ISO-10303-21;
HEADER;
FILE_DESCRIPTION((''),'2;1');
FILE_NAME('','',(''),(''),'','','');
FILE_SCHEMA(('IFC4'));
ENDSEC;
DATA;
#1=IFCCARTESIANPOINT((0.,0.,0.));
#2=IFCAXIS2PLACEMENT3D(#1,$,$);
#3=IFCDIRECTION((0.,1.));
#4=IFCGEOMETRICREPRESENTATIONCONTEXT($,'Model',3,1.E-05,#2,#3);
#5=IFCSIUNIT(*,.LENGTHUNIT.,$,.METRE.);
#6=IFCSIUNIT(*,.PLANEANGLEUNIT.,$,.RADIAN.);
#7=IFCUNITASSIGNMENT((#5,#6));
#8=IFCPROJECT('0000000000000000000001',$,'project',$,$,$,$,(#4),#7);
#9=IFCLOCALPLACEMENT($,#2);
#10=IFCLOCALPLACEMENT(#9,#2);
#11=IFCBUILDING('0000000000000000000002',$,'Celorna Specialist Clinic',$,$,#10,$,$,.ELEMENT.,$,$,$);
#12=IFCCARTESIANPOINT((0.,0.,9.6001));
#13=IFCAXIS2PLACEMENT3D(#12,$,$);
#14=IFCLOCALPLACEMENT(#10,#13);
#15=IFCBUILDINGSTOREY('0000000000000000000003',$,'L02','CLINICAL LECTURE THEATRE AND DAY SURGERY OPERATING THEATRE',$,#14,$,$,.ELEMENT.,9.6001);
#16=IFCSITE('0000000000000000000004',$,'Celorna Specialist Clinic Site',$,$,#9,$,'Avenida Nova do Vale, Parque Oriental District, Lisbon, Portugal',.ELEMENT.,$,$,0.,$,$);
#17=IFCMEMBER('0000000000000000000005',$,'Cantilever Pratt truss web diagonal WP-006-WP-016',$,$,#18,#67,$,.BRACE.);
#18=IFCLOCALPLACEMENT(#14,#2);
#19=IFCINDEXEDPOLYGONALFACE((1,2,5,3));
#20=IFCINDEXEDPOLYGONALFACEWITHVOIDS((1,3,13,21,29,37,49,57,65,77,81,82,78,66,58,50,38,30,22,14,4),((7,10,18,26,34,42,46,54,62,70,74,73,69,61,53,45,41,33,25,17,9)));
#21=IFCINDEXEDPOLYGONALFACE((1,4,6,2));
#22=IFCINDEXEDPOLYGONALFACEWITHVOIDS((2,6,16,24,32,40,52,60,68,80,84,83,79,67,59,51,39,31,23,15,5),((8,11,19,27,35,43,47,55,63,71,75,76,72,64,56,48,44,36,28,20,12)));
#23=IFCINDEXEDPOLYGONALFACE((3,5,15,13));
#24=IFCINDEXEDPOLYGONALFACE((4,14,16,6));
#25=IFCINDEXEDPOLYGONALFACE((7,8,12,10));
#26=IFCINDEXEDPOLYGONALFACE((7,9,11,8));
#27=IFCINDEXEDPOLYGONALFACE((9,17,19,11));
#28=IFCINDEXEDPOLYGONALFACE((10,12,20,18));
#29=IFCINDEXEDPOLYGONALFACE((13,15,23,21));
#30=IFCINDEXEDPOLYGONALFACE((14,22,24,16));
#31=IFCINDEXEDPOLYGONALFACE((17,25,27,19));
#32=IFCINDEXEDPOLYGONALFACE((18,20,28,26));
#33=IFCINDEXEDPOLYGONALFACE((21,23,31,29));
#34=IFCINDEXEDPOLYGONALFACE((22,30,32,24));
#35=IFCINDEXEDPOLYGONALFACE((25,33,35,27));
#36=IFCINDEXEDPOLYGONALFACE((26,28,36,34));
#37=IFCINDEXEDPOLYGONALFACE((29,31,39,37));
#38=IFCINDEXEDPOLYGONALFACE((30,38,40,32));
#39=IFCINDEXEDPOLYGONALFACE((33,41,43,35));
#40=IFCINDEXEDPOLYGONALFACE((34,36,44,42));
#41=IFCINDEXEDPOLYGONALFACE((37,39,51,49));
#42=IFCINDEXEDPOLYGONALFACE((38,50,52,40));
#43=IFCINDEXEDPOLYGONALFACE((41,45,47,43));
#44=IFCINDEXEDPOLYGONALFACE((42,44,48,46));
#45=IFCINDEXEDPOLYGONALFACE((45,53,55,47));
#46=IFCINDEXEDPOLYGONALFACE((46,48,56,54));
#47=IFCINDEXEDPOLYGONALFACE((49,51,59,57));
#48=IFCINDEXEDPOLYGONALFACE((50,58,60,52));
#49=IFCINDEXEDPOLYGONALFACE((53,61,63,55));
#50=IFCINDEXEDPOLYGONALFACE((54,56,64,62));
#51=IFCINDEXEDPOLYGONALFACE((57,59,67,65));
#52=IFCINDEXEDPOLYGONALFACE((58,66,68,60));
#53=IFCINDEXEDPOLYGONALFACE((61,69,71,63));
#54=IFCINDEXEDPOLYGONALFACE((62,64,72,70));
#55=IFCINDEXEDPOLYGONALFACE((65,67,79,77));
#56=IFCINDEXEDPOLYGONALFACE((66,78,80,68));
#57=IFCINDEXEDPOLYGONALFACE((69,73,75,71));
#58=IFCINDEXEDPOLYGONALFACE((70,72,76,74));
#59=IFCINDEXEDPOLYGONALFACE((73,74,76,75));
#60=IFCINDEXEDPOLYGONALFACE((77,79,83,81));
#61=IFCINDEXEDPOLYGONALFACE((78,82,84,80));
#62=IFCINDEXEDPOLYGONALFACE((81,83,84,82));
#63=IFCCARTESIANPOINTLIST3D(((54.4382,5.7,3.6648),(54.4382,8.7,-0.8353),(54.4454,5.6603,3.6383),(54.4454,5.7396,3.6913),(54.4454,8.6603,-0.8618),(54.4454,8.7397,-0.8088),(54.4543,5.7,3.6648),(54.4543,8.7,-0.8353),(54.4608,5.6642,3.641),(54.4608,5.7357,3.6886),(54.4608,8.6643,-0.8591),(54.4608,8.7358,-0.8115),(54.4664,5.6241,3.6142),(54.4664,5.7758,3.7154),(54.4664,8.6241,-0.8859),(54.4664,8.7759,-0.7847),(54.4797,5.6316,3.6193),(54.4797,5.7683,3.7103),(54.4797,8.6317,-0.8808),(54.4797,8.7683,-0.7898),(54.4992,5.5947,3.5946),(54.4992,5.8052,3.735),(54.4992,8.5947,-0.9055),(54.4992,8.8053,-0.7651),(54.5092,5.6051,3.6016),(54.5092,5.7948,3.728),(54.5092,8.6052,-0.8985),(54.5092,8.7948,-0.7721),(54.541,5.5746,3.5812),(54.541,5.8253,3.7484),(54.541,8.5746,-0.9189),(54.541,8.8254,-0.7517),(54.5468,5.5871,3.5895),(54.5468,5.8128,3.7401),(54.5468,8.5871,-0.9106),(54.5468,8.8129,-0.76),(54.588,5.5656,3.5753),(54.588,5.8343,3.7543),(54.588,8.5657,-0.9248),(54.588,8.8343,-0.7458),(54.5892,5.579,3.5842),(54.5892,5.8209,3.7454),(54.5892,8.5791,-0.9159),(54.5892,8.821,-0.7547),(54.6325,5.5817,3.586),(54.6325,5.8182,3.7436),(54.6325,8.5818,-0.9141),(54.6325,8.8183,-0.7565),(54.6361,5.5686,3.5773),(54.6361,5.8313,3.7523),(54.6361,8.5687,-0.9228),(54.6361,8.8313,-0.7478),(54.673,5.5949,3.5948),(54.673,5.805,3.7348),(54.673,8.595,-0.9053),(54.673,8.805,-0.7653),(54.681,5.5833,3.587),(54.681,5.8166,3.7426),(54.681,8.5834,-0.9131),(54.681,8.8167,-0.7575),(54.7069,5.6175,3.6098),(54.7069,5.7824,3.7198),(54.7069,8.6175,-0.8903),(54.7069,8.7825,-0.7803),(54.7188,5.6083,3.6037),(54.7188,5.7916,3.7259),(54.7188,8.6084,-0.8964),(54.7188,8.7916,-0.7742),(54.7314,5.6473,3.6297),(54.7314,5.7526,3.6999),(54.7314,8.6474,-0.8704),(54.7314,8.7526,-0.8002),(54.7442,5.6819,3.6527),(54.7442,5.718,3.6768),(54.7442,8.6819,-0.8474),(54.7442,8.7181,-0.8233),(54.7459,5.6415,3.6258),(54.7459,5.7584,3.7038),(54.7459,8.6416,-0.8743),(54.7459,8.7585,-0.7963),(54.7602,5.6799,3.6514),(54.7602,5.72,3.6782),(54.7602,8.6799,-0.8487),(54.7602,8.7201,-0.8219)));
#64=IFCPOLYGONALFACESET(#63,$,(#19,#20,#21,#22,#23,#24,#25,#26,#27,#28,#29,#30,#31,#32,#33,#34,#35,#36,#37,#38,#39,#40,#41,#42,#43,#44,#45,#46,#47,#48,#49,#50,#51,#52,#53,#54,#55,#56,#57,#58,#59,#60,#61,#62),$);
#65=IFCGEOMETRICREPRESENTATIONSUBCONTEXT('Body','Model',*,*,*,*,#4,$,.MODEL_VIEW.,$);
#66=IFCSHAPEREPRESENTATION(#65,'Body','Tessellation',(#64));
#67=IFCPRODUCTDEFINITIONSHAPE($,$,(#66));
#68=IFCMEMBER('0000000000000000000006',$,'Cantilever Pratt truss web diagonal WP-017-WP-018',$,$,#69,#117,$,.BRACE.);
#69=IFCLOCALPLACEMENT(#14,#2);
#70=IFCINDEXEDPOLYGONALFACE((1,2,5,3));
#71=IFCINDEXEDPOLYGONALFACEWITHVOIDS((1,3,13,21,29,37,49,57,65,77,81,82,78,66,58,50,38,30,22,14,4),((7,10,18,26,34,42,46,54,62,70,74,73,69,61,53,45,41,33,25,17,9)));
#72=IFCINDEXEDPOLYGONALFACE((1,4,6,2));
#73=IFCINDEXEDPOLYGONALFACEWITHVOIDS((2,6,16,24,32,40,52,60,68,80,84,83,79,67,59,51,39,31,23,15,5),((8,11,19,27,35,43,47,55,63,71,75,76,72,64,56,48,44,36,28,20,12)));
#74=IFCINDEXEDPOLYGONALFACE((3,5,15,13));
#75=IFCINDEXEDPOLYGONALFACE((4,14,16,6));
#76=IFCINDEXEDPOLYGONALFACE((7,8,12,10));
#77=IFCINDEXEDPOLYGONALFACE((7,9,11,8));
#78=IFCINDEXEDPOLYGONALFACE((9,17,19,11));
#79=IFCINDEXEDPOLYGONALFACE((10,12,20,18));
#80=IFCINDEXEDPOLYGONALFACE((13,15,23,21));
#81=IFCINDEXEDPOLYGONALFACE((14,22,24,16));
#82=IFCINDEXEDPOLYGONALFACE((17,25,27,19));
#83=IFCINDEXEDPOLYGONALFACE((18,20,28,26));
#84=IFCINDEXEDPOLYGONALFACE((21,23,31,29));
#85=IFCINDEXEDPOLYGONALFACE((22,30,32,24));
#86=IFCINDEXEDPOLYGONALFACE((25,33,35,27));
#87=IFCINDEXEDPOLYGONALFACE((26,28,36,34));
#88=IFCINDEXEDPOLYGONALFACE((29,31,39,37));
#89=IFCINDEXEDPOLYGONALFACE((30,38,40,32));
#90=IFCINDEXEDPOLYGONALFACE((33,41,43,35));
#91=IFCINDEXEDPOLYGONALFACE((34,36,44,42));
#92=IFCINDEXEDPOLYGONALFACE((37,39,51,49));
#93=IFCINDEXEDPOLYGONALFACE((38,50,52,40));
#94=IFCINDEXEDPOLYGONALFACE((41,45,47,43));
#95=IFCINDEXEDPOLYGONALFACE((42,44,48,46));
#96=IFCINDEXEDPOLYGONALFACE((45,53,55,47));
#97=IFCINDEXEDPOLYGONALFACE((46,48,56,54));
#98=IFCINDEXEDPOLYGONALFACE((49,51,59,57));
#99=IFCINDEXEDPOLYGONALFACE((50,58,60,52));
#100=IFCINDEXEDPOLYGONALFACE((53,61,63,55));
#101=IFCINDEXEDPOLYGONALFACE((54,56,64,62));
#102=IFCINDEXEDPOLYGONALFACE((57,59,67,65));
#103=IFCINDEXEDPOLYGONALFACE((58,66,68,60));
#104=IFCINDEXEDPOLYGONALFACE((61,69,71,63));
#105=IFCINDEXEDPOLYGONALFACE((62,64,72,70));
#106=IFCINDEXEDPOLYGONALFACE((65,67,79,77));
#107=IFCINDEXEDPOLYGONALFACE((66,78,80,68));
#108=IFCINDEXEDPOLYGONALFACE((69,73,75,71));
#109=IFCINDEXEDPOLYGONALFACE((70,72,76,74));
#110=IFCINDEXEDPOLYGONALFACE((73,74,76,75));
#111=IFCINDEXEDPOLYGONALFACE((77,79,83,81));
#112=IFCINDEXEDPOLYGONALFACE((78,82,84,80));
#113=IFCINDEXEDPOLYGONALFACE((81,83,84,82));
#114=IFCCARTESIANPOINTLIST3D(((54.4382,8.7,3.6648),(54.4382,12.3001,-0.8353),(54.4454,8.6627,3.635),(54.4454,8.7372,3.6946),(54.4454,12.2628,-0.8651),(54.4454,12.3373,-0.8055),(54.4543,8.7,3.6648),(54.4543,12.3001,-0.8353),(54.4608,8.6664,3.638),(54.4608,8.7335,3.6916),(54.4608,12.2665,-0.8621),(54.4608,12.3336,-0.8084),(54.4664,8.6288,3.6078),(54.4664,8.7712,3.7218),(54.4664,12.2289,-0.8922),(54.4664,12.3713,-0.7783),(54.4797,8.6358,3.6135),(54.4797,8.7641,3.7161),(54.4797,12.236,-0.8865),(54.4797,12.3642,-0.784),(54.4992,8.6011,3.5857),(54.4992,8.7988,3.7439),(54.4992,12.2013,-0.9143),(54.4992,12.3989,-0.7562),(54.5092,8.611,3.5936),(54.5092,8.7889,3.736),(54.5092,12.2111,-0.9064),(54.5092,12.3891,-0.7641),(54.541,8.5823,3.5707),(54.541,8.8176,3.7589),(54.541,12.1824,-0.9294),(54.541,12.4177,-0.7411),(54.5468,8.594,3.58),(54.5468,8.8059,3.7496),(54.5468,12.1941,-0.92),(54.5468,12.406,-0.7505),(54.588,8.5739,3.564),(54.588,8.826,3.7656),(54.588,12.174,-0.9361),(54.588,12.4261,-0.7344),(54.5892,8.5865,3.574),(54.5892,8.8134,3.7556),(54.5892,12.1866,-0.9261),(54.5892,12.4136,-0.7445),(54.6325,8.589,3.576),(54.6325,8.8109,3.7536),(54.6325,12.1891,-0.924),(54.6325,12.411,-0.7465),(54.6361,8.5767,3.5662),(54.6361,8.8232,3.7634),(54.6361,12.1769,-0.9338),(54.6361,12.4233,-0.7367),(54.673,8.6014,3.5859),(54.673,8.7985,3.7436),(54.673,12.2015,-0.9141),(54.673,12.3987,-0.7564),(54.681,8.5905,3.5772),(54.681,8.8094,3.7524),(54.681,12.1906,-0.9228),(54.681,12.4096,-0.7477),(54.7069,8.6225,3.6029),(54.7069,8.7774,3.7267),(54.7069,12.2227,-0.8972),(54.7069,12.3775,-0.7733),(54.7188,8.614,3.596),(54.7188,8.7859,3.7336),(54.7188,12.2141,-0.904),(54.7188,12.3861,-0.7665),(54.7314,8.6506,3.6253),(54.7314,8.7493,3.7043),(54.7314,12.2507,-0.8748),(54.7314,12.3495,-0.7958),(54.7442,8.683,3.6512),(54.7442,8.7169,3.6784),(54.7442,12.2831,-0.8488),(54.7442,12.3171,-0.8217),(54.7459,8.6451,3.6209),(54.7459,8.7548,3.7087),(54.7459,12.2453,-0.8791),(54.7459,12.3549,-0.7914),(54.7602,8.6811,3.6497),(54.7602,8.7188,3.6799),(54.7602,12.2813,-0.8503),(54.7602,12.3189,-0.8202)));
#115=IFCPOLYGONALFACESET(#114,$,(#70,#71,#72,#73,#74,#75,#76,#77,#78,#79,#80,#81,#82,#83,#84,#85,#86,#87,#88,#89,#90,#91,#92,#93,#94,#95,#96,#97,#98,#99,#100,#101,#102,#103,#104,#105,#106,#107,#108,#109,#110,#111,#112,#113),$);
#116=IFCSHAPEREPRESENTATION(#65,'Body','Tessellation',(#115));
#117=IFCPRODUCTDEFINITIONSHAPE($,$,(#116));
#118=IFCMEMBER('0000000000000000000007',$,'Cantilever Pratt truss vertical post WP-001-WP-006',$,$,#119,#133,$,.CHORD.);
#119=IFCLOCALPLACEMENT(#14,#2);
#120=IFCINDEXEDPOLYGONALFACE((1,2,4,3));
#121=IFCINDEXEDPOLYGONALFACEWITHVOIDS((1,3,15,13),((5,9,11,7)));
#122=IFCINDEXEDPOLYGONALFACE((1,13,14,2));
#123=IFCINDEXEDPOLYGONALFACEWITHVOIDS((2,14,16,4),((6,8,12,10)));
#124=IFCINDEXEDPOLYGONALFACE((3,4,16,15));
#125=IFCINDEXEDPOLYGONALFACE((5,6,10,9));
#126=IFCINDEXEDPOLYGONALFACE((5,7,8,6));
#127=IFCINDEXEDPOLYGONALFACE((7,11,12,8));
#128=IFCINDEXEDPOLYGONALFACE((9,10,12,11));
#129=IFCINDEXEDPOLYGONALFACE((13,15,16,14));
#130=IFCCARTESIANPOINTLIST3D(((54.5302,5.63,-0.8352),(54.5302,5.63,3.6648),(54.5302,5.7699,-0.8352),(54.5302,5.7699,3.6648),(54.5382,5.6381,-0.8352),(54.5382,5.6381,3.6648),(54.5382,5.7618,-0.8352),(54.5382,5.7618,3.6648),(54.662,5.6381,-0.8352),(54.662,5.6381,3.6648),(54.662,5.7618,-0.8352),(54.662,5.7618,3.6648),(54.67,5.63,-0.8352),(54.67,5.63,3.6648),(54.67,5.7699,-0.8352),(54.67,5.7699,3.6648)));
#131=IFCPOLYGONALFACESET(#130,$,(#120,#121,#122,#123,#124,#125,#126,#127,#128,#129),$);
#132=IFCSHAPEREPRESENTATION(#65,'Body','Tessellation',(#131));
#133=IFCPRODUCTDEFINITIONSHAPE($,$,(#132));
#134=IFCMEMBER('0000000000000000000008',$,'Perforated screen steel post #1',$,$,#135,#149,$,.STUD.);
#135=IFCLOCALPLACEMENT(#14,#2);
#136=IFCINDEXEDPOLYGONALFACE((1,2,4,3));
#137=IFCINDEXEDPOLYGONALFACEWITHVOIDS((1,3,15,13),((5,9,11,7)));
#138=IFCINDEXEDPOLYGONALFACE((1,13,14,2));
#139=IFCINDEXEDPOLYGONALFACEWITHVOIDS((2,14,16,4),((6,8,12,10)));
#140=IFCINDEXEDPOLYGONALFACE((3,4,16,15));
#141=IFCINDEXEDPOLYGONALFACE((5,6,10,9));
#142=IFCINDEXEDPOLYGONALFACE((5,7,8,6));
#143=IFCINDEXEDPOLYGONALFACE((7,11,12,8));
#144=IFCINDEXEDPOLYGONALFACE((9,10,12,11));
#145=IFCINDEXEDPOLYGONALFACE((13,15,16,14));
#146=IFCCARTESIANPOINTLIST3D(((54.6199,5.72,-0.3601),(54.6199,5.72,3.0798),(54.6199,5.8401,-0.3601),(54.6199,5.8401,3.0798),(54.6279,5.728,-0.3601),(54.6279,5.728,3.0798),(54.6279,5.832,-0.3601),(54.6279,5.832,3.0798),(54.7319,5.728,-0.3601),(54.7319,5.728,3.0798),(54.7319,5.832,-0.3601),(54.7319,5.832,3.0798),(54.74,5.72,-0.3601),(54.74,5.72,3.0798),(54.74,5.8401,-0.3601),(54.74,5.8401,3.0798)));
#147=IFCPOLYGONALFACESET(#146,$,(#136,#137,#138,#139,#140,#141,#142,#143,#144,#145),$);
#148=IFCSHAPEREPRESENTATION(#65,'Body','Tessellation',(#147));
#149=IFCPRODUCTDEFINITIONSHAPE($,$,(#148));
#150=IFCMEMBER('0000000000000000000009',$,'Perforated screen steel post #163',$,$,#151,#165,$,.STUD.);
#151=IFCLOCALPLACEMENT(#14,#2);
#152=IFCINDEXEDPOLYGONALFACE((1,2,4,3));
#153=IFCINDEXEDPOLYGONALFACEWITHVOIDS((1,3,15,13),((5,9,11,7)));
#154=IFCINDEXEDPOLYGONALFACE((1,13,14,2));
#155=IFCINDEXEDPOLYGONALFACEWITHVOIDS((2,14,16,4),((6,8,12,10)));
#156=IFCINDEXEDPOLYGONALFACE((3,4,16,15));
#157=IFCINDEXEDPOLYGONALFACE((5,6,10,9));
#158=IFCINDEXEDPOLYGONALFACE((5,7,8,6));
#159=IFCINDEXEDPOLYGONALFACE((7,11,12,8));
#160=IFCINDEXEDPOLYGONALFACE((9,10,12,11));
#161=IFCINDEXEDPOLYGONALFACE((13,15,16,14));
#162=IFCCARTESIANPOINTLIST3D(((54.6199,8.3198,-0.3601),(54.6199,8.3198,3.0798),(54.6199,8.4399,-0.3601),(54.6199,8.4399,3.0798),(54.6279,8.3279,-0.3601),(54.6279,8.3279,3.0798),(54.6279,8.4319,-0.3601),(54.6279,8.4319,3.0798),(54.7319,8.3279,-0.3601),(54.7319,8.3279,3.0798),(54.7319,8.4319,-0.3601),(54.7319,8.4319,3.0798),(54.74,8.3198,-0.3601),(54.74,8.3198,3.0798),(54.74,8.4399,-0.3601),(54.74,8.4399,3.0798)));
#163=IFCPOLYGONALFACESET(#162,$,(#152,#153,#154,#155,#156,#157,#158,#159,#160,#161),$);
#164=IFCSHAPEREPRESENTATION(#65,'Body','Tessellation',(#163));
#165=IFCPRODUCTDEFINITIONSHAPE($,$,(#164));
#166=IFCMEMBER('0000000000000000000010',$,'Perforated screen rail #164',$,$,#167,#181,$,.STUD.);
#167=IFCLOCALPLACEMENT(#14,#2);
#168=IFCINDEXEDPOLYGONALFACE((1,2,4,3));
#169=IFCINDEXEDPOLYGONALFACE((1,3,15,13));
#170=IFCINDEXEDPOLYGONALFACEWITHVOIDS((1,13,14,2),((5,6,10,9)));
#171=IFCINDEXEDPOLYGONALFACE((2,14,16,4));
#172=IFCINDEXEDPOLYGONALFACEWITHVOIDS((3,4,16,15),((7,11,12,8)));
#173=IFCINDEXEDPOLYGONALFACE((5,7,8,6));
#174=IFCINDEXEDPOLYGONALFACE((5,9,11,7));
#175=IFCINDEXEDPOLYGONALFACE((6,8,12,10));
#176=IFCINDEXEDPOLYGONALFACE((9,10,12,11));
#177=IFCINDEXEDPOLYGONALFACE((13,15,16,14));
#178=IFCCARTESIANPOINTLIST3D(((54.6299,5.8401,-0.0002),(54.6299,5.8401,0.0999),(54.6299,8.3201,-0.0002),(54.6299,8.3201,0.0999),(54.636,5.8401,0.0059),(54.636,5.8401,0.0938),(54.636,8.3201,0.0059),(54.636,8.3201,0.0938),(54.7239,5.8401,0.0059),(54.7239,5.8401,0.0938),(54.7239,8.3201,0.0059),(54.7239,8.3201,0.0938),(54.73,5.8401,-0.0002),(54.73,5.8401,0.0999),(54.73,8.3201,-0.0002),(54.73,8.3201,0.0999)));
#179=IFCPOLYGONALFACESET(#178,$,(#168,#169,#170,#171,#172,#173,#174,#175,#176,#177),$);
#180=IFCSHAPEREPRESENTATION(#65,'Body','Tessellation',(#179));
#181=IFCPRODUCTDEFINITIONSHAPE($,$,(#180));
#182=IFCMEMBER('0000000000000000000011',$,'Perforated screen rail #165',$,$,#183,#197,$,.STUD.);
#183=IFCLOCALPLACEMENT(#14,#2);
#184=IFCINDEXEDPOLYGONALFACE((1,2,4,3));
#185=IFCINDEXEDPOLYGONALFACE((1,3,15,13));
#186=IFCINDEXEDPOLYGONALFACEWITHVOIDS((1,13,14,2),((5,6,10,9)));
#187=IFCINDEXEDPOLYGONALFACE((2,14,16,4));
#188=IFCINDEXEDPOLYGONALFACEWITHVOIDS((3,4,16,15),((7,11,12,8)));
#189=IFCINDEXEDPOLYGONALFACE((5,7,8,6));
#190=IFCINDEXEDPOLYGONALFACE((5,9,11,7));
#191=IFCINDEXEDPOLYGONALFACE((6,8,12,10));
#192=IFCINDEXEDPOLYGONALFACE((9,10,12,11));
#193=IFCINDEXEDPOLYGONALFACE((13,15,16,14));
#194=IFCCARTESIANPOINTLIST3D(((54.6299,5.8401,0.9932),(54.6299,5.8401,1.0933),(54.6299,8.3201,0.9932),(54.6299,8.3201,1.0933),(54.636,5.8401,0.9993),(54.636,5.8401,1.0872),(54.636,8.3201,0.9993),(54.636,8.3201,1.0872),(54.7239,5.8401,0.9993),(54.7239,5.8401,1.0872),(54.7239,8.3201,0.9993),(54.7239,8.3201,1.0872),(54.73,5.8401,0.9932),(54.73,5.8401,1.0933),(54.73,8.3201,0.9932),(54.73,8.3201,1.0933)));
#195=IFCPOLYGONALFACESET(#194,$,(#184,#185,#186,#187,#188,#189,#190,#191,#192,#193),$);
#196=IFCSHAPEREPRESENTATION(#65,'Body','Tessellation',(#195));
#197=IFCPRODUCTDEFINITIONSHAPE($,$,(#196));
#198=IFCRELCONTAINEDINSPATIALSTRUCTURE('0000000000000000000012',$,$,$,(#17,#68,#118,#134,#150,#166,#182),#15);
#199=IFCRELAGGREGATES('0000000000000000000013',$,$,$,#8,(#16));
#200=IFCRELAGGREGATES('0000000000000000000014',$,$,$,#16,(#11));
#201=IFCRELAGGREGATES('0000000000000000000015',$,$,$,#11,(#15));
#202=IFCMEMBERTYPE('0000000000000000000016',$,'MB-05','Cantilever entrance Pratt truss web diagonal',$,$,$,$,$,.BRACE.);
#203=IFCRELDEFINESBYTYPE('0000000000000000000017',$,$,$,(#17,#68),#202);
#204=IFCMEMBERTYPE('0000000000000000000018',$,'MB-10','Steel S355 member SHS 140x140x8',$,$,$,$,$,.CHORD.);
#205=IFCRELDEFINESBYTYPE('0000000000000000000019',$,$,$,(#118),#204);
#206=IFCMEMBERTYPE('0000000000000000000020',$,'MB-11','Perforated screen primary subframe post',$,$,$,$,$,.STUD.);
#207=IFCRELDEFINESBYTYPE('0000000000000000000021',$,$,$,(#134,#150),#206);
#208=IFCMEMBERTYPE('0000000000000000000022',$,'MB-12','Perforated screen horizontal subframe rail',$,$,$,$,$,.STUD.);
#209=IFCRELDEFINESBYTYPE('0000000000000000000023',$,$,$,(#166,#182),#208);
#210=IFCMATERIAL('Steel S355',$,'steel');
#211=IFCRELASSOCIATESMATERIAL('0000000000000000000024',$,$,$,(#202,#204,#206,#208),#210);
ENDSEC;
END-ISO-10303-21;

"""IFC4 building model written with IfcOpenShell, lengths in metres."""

from ifc_helpers import new_model, si_unit, direction, frame, origin, origin_2d, place, context, subcontext, project, spatial, hollow_rectangle, hollow_circle, extrude, material, material_profile, profile_set, type_object, element, save


model = new_model("IFC4")

# Units and contexts
model_context = context("Model", 3, precision=1e-05, world=origin(), true_north=direction((0.0, 1.0)))
body_context = subcontext(model_context, "Body", "Model", "MODEL_VIEW")
ifc_project = project(units=[si_unit("LENGTHUNIT", "METRE"), si_unit("PLANEANGLEUNIT", "RADIAN")], contexts=[model_context])

# Site, building, storey
site_placement = place(None, origin())
site = spatial("IfcSite", under=ifc_project, at=site_placement, Name="Celorna Specialist Clinic Site", LongName="Avenida Nova do Vale, Parque Oriental District, Lisbon, Portugal", CompositionType="ELEMENT", RefElevation=0.0)
building_placement = place(site_placement, origin())
building = spatial("IfcBuilding", under=site, at=building_placement, Name="Celorna Specialist Clinic", CompositionType="ELEMENT")
storey_placement = place(building_placement, frame((0.0, 0.0, 9.6001)))
storey = spatial("IfcBuildingStorey", under=building, at=storey_placement, Name="L02", Description="CLINICAL LECTURE THEATRE AND DAY SURGERY OPERATING THEATRE", CompositionType="ELEMENT", Elevation=9.6001)

# Shared definitions
ifc_material_1 = material(Name="Steel S355", Category="steel")

# Members
ifc_material_profile_1 = material_profile(ifc_material_1, hollow_circle(Radius=0.1619, WallThickness=0.0161, at=origin_2d()), Name="CHS 323.9x16")
ifc_profile_set_1 = profile_set([ifc_material_profile_1], Name="Steel S355")
member_type_1 = type_object("IfcMemberType", Name="MB-05", Description="Cantilever entrance Pratt truss web diagonal", PredefinedType="BRACE", material=ifc_profile_set_1)
member_1_placement = place(storey_placement, frame((54.6001, 5.7, 3.6648), z_axis=(0.0, 0.5547, -0.83205), x_axis=(-1.0, 0.0, 0.0)))
element("IfcMember", 1, at=member_1_placement, inside=storey, type_object=member_type_1, Name="Cantilever Pratt truss web diagonal WP-006-WP-016", PredefinedType="BRACE", context=body_context, shape_type="SweptSolid", body=[
    extrude(hollow_circle(Radius=0.1619, WallThickness=0.0161, at=origin_2d()), origin(), (0.0, 0.0, 1.0), 5.4084),
])
member_2_placement = place(storey_placement, frame((54.6001, 8.7, 3.6648), z_axis=(0.0, 0.624705, -0.780861), x_axis=(-1.0, 0.0, 0.0)))
element("IfcMember", 2, at=member_2_placement, inside=storey, type_object=member_type_1, Name="Cantilever Pratt truss web diagonal WP-017-WP-018", PredefinedType="BRACE", context=body_context, shape_type="SweptSolid", body=[
    extrude(hollow_circle(Radius=0.1619, WallThickness=0.0161, at=origin_2d()), origin(), (0.0, 0.0, 1.0), 5.7629),
])
ifc_material_profile_2 = material_profile(ifc_material_1, hollow_rectangle(XDim=0.1399, YDim=0.1399, WallThickness=0.0081, at=origin_2d()), Name="SHS 140x140x8")
ifc_profile_set_2 = profile_set([ifc_material_profile_2], Name="Steel S355")
member_type_2 = type_object("IfcMemberType", Name="MB-10", Description="Steel S355 member SHS 140x140x8", PredefinedType="CHORD", material=ifc_profile_set_2)
member_3_placement = place(storey_placement, frame((54.6001, 5.7, -0.8352), z_axis=(0.0, 0.0, 1.0), x_axis=(1.0, 0.0, 0.0)))
element("IfcMember", 3, at=member_3_placement, inside=storey, type_object=member_type_2, Name="Cantilever Pratt truss vertical post WP-001-WP-006", PredefinedType="CHORD", context=body_context, shape_type="SweptSolid", body=[
    extrude(hollow_rectangle(XDim=0.1399, YDim=0.1399, WallThickness=0.0081, at=origin_2d()), origin(), (0.0, 0.0, 1.0), 4.5),
])
ifc_material_profile_3 = material_profile(ifc_material_1, hollow_rectangle(XDim=0.1201, YDim=0.1201, WallThickness=0.0081, at=origin_2d()), Name="SHS 120x120x8")
ifc_profile_set_3 = profile_set([ifc_material_profile_3], Name="Steel S355")
member_type_3 = type_object("IfcMemberType", Name="MB-11", Description="Perforated screen primary subframe post", PredefinedType="STUD", material=ifc_profile_set_3)
for number, where, z_axis, x_axis, name in (
    (4, (54.6799, 5.78, -0.3601), (0.0, 0.0, 1.0), (1.0, 0.0, 0.0), "Perforated screen steel post #1"),
    (5, (54.6799, 8.3799, -0.3601), (0.0, 0.0, 1.0), (1.0, 0.0, 0.0), "Perforated screen steel post #163"),
):
    element("IfcMember", number, at=place(storey_placement, frame(where, z_axis=z_axis, x_axis=x_axis)), inside=storey, type_object=member_type_3, Name=name, PredefinedType="STUD", context=body_context, shape_type="SweptSolid", body=[
        extrude(hollow_rectangle(XDim=0.1201, YDim=0.1201, WallThickness=0.0081, at=origin_2d()), origin(), (0.0, 0.0, 1.0), 3.4399),
    ])
ifc_material_profile_4 = material_profile(ifc_material_1, hollow_rectangle(XDim=0.1001, YDim=0.1001, WallThickness=0.0061, at=origin_2d()), Name="SHS 100x100x6")
ifc_profile_set_4 = profile_set([ifc_material_profile_4], Name="Steel S355")
member_type_4 = type_object("IfcMemberType", Name="MB-12", Description="Perforated screen horizontal subframe rail", PredefinedType="STUD", material=ifc_profile_set_4)
for number, where, z_axis, x_axis, name in (
    (6, (54.6799, 5.8401, 0.0498), (0.0, 1.0, 0.0), (-1.0, 0.0, 0.0), "Perforated screen rail #164"),
    (7, (54.6799, 5.8401, 1.0432), (0.0, 1.0, 0.0), (-1.0, 0.0, 0.0), "Perforated screen rail #165"),
):
    element("IfcMember", number, at=place(storey_placement, frame(where, z_axis=z_axis, x_axis=x_axis)), inside=storey, type_object=member_type_4, Name=name, PredefinedType="STUD", context=body_context, shape_type="SweptSolid", body=[
        extrude(hollow_rectangle(XDim=0.1001, YDim=0.1001, WallThickness=0.0061, at=origin_2d()), origin(), (0.0, 0.0, 1.0), 2.48),
    ])

save(model, "model.ifc")
